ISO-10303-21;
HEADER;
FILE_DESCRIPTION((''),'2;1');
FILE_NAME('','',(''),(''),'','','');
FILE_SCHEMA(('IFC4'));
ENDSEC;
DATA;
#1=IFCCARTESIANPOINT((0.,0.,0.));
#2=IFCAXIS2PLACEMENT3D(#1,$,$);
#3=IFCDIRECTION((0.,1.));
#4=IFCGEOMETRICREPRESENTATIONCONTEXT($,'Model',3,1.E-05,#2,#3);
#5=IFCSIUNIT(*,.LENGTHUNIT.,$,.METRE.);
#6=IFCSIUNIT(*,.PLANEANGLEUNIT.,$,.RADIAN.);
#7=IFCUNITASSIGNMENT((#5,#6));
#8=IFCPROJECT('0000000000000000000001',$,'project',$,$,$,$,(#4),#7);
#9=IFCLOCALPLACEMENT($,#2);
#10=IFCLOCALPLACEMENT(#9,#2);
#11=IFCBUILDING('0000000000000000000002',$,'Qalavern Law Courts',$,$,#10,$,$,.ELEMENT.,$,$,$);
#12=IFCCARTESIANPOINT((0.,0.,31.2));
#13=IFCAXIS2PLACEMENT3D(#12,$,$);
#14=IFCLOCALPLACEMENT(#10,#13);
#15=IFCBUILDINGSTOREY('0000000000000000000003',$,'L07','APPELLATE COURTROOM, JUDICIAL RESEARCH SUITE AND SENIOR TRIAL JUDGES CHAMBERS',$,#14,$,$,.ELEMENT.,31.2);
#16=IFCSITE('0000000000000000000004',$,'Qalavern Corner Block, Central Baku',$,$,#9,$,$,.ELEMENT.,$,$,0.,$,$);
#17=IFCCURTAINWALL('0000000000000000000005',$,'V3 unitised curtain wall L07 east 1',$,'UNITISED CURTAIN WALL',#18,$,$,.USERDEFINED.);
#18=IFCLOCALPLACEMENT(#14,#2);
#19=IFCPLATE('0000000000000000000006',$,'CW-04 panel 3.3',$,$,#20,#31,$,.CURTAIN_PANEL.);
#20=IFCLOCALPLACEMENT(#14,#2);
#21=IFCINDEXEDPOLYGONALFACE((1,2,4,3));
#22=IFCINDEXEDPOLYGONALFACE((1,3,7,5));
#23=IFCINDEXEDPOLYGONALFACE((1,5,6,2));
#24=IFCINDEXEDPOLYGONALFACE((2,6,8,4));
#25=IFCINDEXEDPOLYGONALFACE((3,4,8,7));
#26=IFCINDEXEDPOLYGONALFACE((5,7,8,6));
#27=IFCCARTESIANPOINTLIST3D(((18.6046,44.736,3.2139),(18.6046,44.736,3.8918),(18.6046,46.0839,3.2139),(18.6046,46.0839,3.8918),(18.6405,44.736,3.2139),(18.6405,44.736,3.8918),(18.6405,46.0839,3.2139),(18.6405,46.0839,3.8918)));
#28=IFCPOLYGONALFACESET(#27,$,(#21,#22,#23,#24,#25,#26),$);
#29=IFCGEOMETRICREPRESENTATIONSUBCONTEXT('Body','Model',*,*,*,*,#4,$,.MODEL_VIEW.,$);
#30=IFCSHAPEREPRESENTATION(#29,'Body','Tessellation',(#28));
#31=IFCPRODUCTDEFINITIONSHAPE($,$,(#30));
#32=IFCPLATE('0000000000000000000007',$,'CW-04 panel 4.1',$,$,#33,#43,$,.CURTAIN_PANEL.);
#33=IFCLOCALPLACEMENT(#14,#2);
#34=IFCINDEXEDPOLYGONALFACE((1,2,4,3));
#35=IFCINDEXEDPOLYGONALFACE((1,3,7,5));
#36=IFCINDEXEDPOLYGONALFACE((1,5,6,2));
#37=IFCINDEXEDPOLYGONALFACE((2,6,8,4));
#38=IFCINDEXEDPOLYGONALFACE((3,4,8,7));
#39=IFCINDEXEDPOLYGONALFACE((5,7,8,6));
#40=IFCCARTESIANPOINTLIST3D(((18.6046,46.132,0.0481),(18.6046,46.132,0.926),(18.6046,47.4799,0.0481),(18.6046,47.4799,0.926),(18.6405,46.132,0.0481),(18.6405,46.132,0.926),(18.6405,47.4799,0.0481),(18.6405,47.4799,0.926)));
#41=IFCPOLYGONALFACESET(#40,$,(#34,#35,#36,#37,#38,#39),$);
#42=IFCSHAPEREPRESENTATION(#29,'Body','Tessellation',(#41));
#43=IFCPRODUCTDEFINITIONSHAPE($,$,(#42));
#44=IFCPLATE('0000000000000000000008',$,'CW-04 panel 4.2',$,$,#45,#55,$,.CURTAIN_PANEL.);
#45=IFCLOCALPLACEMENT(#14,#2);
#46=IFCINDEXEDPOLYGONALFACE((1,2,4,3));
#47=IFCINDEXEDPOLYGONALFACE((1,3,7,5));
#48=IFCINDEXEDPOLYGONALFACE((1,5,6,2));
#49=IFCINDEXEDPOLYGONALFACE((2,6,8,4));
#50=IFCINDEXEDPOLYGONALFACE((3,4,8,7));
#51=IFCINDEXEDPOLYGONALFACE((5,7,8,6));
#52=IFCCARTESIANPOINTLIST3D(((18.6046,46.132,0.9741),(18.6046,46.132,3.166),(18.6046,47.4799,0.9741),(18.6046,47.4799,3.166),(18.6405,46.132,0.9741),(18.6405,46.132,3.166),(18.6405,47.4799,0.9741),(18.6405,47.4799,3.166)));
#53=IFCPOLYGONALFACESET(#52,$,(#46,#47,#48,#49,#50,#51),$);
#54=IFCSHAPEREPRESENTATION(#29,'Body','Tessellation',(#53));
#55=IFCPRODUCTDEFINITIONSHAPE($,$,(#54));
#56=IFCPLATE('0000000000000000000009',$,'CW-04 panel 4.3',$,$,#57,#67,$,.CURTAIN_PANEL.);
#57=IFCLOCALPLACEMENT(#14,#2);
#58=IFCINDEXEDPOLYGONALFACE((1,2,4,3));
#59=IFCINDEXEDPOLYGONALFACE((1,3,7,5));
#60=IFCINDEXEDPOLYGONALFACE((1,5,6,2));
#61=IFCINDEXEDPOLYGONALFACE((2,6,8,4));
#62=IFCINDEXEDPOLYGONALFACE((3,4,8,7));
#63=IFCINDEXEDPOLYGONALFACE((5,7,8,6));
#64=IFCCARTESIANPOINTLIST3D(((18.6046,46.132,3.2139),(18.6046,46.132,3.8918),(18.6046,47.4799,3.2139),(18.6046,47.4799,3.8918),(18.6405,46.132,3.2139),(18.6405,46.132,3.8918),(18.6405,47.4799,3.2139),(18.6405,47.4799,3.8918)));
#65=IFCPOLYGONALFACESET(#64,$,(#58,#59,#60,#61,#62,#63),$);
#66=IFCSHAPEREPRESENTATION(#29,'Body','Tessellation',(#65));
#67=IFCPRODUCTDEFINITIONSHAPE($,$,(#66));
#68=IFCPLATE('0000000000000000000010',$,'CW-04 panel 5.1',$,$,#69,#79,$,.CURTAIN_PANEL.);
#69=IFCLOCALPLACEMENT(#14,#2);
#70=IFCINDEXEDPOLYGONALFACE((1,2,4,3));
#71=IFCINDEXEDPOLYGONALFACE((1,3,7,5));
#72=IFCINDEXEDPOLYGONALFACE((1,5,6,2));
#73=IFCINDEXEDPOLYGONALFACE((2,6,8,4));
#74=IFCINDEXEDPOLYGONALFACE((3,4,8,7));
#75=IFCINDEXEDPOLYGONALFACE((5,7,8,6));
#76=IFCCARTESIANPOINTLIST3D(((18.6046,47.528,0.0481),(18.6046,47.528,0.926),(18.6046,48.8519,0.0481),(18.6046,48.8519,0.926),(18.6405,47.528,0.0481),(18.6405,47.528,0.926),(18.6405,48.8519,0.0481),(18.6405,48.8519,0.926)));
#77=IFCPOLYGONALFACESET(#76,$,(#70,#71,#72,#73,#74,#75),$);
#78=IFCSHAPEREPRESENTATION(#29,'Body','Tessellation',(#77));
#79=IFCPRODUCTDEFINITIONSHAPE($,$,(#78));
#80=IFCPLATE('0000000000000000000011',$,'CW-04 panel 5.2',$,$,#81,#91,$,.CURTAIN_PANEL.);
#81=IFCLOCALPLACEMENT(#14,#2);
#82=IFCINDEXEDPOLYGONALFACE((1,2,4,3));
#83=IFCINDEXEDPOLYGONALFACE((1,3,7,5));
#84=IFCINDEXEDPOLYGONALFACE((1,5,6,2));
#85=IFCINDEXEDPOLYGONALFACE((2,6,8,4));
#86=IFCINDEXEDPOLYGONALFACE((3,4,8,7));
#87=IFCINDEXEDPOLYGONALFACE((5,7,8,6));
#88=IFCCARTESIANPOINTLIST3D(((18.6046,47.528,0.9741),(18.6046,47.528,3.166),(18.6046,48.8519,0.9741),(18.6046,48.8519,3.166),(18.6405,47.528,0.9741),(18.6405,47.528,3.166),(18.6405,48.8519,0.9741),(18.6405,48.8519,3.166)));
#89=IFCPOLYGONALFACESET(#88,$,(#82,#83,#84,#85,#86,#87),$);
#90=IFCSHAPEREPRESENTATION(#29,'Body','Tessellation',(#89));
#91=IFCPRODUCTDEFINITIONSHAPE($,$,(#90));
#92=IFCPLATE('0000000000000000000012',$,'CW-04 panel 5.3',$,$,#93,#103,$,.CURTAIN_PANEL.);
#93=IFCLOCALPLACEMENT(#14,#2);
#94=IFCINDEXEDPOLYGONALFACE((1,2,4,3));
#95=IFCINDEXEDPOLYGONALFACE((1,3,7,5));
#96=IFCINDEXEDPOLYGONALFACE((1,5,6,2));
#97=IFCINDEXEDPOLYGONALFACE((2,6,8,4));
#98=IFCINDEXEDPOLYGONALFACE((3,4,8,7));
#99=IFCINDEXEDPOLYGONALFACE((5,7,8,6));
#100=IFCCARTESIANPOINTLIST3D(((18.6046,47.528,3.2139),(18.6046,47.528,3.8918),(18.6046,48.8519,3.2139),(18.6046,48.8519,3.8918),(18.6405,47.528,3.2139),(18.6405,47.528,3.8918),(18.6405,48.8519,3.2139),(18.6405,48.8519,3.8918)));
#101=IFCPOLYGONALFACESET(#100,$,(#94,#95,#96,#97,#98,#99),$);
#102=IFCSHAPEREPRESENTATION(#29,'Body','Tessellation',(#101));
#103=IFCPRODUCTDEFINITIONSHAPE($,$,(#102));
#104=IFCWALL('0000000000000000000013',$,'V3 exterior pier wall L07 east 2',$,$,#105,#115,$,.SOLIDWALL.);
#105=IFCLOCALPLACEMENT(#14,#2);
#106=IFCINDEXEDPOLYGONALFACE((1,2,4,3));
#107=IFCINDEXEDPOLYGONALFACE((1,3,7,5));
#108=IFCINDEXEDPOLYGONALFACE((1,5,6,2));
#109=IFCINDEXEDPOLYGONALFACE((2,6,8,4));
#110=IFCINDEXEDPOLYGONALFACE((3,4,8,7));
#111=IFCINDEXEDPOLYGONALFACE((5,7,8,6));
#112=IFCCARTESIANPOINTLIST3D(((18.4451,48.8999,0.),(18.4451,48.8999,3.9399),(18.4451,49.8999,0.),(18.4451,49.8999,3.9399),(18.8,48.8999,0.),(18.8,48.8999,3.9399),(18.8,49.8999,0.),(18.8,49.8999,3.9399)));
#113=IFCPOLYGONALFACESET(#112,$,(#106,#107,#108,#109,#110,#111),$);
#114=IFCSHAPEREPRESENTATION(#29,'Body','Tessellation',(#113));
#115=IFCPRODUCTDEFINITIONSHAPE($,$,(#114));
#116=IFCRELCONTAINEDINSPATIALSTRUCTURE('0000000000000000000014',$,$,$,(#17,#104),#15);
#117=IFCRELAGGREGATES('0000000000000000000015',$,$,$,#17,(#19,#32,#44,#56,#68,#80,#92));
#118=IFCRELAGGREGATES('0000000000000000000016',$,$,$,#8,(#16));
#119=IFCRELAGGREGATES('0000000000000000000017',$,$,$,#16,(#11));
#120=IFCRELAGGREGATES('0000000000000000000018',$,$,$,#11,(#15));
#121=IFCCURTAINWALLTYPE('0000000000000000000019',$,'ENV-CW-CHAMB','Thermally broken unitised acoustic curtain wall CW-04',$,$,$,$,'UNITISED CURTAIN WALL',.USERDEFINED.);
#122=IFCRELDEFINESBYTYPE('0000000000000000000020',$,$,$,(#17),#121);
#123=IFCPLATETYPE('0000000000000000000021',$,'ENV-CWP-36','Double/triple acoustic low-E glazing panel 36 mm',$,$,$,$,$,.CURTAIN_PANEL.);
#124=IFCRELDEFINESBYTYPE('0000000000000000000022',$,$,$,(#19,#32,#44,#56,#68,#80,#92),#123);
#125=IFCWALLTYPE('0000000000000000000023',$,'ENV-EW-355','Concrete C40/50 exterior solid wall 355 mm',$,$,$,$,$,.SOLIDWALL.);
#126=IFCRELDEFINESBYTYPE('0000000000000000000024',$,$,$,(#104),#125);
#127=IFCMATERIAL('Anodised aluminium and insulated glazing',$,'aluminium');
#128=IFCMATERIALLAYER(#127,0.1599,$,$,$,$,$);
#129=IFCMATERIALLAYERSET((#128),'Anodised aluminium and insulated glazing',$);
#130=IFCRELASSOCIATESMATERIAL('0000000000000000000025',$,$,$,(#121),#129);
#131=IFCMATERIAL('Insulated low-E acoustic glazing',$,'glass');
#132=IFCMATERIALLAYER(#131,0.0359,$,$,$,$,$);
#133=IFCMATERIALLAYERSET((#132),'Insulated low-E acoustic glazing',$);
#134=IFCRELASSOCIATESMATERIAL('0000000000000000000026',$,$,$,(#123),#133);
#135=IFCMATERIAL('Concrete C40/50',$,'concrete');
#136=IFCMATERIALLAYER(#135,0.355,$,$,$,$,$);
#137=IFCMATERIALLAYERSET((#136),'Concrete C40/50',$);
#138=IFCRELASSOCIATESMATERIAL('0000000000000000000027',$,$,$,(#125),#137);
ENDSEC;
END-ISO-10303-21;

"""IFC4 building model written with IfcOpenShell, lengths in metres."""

from ifc_helpers import new_model, si_unit, direction, frame, frame_2d, origin, origin_2d, place, context, subcontext, project, spatial, rectangle, extrude, material, layer, layer_set, type_object, element, aggregate, save


model = new_model("IFC4")

# Units and contexts
model_context = context("Model", 3, precision=1e-05, world=origin(), true_north=direction((0.0, 1.0)))
body_context = subcontext(model_context, "Body", "Model", "MODEL_VIEW")
ifc_project = project(units=[si_unit("LENGTHUNIT", "METRE"), si_unit("PLANEANGLEUNIT", "RADIAN")], contexts=[model_context])

# Site, building, storey
site_placement = place(None, origin())
site = spatial("IfcSite", under=ifc_project, at=site_placement, Name="Qalavern Corner Block, Central Baku", CompositionType="ELEMENT", RefElevation=0.0)
building_placement = place(site_placement, origin())
building = spatial("IfcBuilding", under=site, at=building_placement, Name="Qalavern Law Courts", CompositionType="ELEMENT")
storey_placement = place(building_placement, frame((0.0, 0.0, 31.2)))
storey = spatial("IfcBuildingStorey", under=building, at=storey_placement, Name="L07", Description="APPELLATE COURTROOM, JUDICIAL RESEARCH SUITE AND SENIOR TRIAL JUDGES CHAMBERS", CompositionType="ELEMENT", Elevation=31.2)

# Curtain wall
ifc_material_1 = material(Name="Anodised aluminium and insulated glazing", Category="aluminium")
ifc_layer_1 = layer(ifc_material_1, 0.1599)
ifc_layer_set_1 = layer_set([ifc_layer_1], Name="Anodised aluminium and insulated glazing")
curtain_wall_type = type_object("IfcCurtainWallType", Name="ENV-CW-CHAMB", Description="Thermally broken unitised acoustic curtain wall CW-04", ElementType="UNITISED CURTAIN WALL", PredefinedType="USERDEFINED", material=ifc_layer_set_1)
curtain_wall_1_placement = place(storey_placement, origin())
curtain_wall_1 = element("IfcCurtainWall", 1, at=curtain_wall_1_placement, inside=storey, type_object=curtain_wall_type, Name="V3 unitised curtain wall L07 east 1", ObjectType="UNITISED CURTAIN WALL", PredefinedType="USERDEFINED")

# Plates
ifc_material_2 = material(Name="Insulated low-E acoustic glazing", Category="glass")
ifc_layer_2 = layer(ifc_material_2, 0.0359)
ifc_layer_set_2 = layer_set([ifc_layer_2], Name="Insulated low-E acoustic glazing")
plate_type = type_object("IfcPlateType", Name="ENV-CWP-36", Description="Double/triple acoustic low-E glazing panel 36 mm", PredefinedType="CURTAIN_PANEL", material=ifc_layer_set_2)
plate_1_placement = place(storey_placement, frame((18.6226, 45.4099, 3.2139), z_axis=(0.0, 0.0, 1.0), x_axis=(0.0, 1.0, 0.0)))
plate_1 = element("IfcPlate", 2, at=plate_1_placement, type_object=plate_type, Name="CW-04 panel 3.3", PredefinedType="CURTAIN_PANEL", context=body_context, shape_type="SweptSolid", body=[
    extrude(rectangle(XDim=1.3479, YDim=0.0359, at=origin_2d()), origin(), (0.0, 0.0, 1.0), 0.678),
])
plate_2_placement = place(storey_placement, frame((18.6226, 46.8059, 0.0481), z_axis=(0.0, 0.0, 1.0), x_axis=(0.0, 1.0, 0.0)))
plate_2 = element("IfcPlate", 3, at=plate_2_placement, type_object=plate_type, Name="CW-04 panel 4.1", PredefinedType="CURTAIN_PANEL", context=body_context, shape_type="SweptSolid", body=[
    extrude(rectangle(XDim=1.3479, YDim=0.0359, at=origin_2d()), origin(), (0.0, 0.0, 1.0), 0.8779),
])
plate_3_placement = place(storey_placement, frame((18.6226, 46.8059, 0.9741), z_axis=(0.0, 0.0, 1.0), x_axis=(0.0, 1.0, 0.0)))
plate_3 = element("IfcPlate", 4, at=plate_3_placement, type_object=plate_type, Name="CW-04 panel 4.2", PredefinedType="CURTAIN_PANEL", context=body_context, shape_type="SweptSolid", body=[
    extrude(rectangle(XDim=1.3479, YDim=0.0359, at=origin_2d()), origin(), (0.0, 0.0, 1.0), 2.1919),
])
plate_4_placement = place(storey_placement, frame((18.6226, 46.8059, 3.2139), z_axis=(0.0, 0.0, 1.0), x_axis=(0.0, 1.0, 0.0)))
plate_4 = element("IfcPlate", 5, at=plate_4_placement, type_object=plate_type, Name="CW-04 panel 4.3", PredefinedType="CURTAIN_PANEL", context=body_context, shape_type="SweptSolid", body=[
    extrude(rectangle(XDim=1.3479, YDim=0.0359, at=origin_2d()), origin(), (0.0, 0.0, 1.0), 0.678),
])
plate_5_placement = place(storey_placement, frame((18.6226, 48.1899, 0.0481), z_axis=(0.0, 0.0, 1.0), x_axis=(0.0, 1.0, 0.0)))
plate_5 = element("IfcPlate", 6, at=plate_5_placement, type_object=plate_type, Name="CW-04 panel 5.1", PredefinedType="CURTAIN_PANEL", context=body_context, shape_type="SweptSolid", body=[
    extrude(rectangle(XDim=1.324, YDim=0.0359, at=origin_2d()), origin(), (0.0, 0.0, 1.0), 0.8779),
])
plate_6_placement = place(storey_placement, frame((18.6226, 48.1899, 0.9741), z_axis=(0.0, 0.0, 1.0), x_axis=(0.0, 1.0, 0.0)))
plate_6 = element("IfcPlate", 7, at=plate_6_placement, type_object=plate_type, Name="CW-04 panel 5.2", PredefinedType="CURTAIN_PANEL", context=body_context, shape_type="SweptSolid", body=[
    extrude(rectangle(XDim=1.324, YDim=0.0359, at=origin_2d()), origin(), (0.0, 0.0, 1.0), 2.1919),
])
plate_7_placement = place(storey_placement, frame((18.6226, 48.1899, 3.2139), z_axis=(0.0, 0.0, 1.0), x_axis=(0.0, 1.0, 0.0)))
plate_7 = element("IfcPlate", 8, at=plate_7_placement, type_object=plate_type, Name="CW-04 panel 5.3", PredefinedType="CURTAIN_PANEL", context=body_context, shape_type="SweptSolid", body=[
    extrude(rectangle(XDim=1.324, YDim=0.0359, at=origin_2d()), origin(), (0.0, 0.0, 1.0), 0.678),
])
aggregate(curtain_wall_1, [plate_1, plate_2, plate_3, plate_4, plate_5, plate_6, plate_7])

# Wall
ifc_material_3 = material(Name="Concrete C40/50", Category="concrete")
ifc_layer_3 = layer(ifc_material_3, 0.355)
ifc_layer_set_3 = layer_set([ifc_layer_3], Name="Concrete C40/50")
wall_type = type_object("IfcWallType", Name="ENV-EW-355", Description="Concrete C40/50 exterior solid wall 355 mm", PredefinedType="SOLIDWALL", material=ifc_layer_set_3)
wall_placement = place(storey_placement, frame((18.6226, 48.8999, 0.0), z_axis=(0.0, 0.0, 1.0), x_axis=(0.0, 1.0, 0.0)))
element("IfcWall", 9, at=wall_placement, inside=storey, type_object=wall_type, Name="V3 exterior pier wall L07 east 2", PredefinedType="SOLIDWALL", context=body_context, shape_type="SweptSolid", body=[
    extrude(rectangle(XDim=1.0, YDim=0.355, at=frame_2d((0.5, 0.0))), origin(), (0.0, 0.0, 1.0), 3.9399),
])

save(model, "model.ifc")
